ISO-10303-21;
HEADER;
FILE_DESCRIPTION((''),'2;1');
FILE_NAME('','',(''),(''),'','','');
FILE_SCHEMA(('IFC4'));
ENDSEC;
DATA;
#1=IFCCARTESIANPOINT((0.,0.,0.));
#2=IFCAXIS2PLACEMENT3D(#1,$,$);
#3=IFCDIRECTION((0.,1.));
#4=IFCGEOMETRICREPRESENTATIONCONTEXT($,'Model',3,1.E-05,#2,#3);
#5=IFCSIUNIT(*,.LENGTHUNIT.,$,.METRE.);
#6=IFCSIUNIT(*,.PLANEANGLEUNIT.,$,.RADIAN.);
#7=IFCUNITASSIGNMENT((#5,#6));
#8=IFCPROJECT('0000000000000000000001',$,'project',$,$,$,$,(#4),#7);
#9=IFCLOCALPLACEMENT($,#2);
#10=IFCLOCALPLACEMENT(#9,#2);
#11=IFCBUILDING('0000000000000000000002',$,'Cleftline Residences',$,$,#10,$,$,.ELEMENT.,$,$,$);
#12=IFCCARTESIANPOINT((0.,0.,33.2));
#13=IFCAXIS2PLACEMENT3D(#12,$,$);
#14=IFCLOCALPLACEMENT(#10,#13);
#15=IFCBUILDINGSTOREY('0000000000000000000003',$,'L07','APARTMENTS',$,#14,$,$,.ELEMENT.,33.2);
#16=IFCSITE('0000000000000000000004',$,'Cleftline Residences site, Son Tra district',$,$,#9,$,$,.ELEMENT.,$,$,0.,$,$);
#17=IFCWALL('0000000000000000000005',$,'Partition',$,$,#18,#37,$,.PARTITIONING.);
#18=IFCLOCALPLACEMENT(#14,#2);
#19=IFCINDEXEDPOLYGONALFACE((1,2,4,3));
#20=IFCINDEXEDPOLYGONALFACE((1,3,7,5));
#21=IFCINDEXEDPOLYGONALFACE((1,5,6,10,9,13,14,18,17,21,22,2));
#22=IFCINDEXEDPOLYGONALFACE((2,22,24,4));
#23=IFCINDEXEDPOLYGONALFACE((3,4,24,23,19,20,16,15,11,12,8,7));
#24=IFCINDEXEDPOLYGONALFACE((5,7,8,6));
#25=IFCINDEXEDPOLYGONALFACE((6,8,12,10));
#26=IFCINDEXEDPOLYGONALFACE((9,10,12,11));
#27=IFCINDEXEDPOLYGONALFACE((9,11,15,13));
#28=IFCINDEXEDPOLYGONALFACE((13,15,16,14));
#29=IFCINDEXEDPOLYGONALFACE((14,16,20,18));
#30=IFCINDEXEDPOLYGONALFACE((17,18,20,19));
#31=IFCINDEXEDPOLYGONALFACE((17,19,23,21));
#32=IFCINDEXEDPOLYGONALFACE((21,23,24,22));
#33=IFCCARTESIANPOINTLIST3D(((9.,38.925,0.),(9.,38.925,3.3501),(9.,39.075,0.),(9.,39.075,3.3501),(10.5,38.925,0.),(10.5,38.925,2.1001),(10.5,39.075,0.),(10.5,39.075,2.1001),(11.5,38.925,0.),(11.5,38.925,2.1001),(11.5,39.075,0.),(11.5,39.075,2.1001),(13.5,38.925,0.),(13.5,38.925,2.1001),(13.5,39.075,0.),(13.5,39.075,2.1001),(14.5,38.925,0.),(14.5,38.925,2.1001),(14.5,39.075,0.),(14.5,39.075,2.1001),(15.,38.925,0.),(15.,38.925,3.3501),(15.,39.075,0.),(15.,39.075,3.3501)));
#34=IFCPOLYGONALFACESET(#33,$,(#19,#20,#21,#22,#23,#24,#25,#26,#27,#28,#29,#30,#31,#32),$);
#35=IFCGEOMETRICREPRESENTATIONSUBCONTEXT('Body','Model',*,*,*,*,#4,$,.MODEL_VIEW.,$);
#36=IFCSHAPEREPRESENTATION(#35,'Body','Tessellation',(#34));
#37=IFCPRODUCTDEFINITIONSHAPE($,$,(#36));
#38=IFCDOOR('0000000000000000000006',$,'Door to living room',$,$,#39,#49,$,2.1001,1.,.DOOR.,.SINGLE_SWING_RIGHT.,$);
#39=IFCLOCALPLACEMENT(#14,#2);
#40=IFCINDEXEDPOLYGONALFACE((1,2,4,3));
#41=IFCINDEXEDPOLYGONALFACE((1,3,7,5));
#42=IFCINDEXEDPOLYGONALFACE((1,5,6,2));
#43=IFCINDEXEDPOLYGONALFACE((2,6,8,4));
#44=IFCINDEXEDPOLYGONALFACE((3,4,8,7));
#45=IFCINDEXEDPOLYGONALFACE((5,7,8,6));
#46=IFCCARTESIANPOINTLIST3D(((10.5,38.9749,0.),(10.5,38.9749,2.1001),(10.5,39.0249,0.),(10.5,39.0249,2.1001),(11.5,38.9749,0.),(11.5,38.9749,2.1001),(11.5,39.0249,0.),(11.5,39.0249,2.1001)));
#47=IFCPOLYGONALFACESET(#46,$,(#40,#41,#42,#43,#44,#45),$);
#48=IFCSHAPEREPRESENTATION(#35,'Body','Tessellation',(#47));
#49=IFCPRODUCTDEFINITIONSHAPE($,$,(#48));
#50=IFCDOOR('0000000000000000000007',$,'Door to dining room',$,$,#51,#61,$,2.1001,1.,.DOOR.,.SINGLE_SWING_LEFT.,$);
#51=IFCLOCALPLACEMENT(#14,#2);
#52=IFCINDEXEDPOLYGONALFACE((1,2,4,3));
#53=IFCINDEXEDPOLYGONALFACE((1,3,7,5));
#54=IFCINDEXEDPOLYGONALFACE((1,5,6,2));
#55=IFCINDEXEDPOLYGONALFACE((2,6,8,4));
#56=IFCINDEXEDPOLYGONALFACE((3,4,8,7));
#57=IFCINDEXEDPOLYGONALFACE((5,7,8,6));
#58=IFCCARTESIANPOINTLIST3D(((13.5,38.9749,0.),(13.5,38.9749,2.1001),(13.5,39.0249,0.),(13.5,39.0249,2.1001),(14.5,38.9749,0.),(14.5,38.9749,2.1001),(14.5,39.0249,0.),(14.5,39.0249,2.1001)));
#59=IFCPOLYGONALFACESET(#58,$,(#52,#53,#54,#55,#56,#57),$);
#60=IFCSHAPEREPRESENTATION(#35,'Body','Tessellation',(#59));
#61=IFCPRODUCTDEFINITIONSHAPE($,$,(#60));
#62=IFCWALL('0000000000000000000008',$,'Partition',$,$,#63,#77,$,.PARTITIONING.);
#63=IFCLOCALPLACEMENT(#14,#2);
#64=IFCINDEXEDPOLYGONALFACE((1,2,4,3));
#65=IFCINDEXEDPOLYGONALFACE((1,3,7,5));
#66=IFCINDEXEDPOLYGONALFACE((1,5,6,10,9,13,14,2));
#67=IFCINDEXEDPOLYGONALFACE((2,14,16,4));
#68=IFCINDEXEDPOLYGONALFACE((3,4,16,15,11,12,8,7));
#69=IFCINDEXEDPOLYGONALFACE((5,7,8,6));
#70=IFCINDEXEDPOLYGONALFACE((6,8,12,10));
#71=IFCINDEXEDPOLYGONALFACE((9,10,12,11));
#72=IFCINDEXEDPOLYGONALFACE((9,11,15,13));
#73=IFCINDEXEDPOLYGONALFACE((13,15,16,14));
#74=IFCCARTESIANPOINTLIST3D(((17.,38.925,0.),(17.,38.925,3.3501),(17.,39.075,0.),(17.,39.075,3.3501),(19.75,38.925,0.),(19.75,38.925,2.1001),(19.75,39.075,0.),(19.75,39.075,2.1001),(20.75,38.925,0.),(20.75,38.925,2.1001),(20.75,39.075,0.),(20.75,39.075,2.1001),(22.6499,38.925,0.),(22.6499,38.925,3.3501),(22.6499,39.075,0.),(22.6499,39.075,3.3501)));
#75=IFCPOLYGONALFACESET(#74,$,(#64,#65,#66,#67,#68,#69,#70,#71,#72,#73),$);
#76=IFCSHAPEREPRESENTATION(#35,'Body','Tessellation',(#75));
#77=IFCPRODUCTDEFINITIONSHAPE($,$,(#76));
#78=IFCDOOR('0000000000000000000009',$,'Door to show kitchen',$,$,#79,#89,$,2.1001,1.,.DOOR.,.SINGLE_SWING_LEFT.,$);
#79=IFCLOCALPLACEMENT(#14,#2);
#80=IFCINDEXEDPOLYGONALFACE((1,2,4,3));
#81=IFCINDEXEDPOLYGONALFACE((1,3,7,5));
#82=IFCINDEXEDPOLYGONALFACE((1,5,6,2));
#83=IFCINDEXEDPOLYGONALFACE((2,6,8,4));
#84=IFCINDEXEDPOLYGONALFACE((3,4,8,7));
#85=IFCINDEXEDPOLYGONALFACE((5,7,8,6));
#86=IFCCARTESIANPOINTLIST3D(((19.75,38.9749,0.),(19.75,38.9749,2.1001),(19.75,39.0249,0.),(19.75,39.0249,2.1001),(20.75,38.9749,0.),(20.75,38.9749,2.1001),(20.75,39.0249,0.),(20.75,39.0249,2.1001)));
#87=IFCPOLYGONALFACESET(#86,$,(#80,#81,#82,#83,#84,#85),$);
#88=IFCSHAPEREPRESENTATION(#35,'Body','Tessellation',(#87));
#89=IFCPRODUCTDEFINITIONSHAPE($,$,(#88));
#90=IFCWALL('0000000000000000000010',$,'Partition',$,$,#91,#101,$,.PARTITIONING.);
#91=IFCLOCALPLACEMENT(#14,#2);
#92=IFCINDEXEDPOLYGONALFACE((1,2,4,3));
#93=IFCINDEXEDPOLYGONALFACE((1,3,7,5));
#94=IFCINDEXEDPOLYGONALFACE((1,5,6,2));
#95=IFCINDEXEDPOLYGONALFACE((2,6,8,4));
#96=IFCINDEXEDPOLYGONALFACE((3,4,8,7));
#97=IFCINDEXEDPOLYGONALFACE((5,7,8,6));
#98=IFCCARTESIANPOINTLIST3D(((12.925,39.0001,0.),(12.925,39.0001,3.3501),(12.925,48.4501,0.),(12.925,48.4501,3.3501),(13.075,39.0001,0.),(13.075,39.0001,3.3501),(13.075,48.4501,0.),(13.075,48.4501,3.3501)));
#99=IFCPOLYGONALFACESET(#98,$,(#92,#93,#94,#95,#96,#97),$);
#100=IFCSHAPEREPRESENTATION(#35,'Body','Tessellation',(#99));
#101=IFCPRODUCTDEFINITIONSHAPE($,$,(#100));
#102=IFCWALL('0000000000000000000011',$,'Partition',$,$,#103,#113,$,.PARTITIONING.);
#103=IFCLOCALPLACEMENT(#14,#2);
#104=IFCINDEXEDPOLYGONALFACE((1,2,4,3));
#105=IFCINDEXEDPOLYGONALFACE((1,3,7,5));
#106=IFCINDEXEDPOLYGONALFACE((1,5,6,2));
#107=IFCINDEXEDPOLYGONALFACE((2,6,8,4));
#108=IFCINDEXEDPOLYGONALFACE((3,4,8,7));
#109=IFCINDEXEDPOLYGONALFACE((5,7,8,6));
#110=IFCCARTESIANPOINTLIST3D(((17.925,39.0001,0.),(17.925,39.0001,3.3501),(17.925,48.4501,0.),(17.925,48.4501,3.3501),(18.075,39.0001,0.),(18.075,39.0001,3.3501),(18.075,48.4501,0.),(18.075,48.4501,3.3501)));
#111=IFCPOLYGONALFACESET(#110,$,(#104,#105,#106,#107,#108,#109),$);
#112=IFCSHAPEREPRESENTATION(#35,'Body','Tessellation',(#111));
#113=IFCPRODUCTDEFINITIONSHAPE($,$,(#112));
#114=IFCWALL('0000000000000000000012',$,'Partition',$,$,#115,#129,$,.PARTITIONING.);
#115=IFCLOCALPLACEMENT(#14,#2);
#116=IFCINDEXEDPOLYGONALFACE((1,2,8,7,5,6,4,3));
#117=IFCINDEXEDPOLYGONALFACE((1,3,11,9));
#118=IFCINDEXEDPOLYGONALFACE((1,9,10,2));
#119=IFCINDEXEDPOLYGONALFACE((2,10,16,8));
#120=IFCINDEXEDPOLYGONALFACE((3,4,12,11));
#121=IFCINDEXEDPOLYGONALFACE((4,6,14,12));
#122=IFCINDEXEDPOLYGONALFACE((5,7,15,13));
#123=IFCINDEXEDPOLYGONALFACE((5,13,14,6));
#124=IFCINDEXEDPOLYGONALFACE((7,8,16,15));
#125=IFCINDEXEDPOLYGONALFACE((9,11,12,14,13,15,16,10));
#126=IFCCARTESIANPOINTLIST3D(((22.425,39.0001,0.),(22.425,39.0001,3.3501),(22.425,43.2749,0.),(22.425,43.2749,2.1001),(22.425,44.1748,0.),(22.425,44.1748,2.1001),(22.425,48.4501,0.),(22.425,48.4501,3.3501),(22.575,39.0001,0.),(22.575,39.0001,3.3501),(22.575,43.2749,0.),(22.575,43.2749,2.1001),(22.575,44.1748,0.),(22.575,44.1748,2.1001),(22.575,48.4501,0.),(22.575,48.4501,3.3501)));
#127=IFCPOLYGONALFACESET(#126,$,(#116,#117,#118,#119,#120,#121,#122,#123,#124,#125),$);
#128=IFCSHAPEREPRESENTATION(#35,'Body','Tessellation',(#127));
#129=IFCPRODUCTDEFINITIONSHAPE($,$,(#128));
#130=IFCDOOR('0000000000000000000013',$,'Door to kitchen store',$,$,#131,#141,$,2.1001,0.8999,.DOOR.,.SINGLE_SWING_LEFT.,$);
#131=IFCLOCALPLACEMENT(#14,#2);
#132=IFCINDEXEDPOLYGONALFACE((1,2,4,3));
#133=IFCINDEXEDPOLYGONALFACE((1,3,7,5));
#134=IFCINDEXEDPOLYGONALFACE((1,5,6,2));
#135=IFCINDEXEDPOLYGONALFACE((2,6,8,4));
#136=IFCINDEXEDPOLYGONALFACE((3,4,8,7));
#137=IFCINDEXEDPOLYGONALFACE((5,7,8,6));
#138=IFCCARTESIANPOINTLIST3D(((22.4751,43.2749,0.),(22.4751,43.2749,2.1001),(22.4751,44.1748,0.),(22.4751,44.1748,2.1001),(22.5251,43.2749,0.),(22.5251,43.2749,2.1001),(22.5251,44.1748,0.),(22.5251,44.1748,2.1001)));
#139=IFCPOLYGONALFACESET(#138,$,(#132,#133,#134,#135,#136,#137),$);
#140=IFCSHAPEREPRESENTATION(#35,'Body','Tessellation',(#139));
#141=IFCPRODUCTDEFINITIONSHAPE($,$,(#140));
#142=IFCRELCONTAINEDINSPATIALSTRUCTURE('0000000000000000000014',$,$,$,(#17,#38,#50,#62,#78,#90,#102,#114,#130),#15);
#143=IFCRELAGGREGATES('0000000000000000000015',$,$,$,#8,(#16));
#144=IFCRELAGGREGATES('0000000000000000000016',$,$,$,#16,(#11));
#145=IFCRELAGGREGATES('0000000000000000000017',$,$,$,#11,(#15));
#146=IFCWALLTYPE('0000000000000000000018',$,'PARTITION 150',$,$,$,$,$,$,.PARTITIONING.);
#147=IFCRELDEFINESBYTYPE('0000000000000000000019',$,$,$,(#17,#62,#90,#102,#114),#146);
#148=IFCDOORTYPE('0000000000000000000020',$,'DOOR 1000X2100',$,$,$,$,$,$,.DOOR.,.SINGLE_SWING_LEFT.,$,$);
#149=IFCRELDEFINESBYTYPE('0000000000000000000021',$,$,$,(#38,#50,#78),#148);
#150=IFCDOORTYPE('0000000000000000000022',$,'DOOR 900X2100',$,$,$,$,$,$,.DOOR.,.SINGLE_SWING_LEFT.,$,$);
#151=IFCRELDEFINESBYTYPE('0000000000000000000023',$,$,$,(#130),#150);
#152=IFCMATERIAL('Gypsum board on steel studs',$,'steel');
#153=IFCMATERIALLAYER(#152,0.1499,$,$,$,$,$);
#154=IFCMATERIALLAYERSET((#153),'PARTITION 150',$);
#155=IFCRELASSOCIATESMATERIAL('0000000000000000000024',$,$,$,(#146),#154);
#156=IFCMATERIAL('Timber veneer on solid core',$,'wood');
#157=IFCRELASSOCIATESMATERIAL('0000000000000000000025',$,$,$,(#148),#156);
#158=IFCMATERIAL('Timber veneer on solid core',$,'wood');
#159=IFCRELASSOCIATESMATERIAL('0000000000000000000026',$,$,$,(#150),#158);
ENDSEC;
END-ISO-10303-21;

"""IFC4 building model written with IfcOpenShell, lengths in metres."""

from ifc_helpers import new_model, si_unit, direction, frame, frame_2d, origin, place, context, subcontext, project, spatial, rectangle, extrude, material, layer, layer_set, type_object, element, fill, save


model = new_model("IFC4")

# Units and contexts
model_context = context("Model", 3, precision=1e-05, world=origin(), true_north=direction((0.0, 1.0)))
body_context = subcontext(model_context, "Body", "Model", "MODEL_VIEW")
ifc_project = project(units=[si_unit("LENGTHUNIT", "METRE"), si_unit("PLANEANGLEUNIT", "RADIAN")], contexts=[model_context])

# Site, building, storey
site_placement = place(None, origin())
site = spatial("IfcSite", under=ifc_project, at=site_placement, Name="Cleftline Residences site, Son Tra district", CompositionType="ELEMENT", RefElevation=0.0)
building_placement = place(site_placement, origin())
building = spatial("IfcBuilding", under=site, at=building_placement, Name="Cleftline Residences", CompositionType="ELEMENT")
storey_placement = place(building_placement, frame((0.0, 0.0, 33.2)))
storey = spatial("IfcBuildingStorey", under=building, at=storey_placement, Name="L07", Description="APARTMENTS", CompositionType="ELEMENT", Elevation=33.2)

# Wall, openings, doors
ifc_material_1 = material(Name="Gypsum board on steel studs", Category="steel")
ifc_layer = layer(ifc_material_1, 0.1499)
ifc_layer_set = layer_set([ifc_layer], Name="PARTITION 150")
wall_type = type_object("IfcWallType", Name="PARTITION 150", PredefinedType="PARTITIONING", material=ifc_layer_set)
wall_1_placement = place(storey_placement, frame((9.0, 39.0, 0.0), z_axis=(0.0, 0.0, 1.0), x_axis=(1.0, 0.0, 0.0)))
wall_1 = element("IfcWall", 1, at=wall_1_placement, inside=storey, type_object=wall_type, Name="Partition", PredefinedType="PARTITIONING", context=body_context, shape_type="SweptSolid", body=[
    extrude(rectangle(XDim=6.0, YDim=0.1499, at=frame_2d((3.0, 0.0))), origin(), (0.0, 0.0, 1.0), 3.3501),
])
opening_1_placement = place(wall_1_placement, frame((1.5, 0.0, 0.0)))
opening_1 = element("IfcOpeningElement", 2, at=opening_1_placement, cuts=wall_1, PredefinedType="OPENING", context=body_context, shape_type="SweptSolid", body=[
    extrude(rectangle(XDim=1.0, YDim=2.1001, at=frame_2d((0.5, 1.05))), frame((0.0, 0.085, 0.0), z_axis=(0.0, -1.0, 0.0), x_axis=(1.0, 0.0, 0.0)), (0.0, 0.0, 1.0), 0.1699),
])
opening_2_placement = place(wall_1_placement, frame((4.5, 0.0, 0.0)))
opening_2 = element("IfcOpeningElement", 3, at=opening_2_placement, cuts=wall_1, PredefinedType="OPENING", context=body_context, shape_type="SweptSolid", body=[
    extrude(rectangle(XDim=1.0, YDim=2.1001, at=frame_2d((0.5, 1.05))), frame((0.0, 0.085, 0.0), z_axis=(0.0, -1.0, 0.0), x_axis=(1.0, 0.0, 0.0)), (0.0, 0.0, 1.0), 0.1699),
])
ifc_material_2 = material(Name="Timber veneer on solid core", Category="wood")
door_type_1 = type_object("IfcDoorType", Name="DOOR 1000X2100", OperationType="SINGLE_SWING_LEFT", PredefinedType="DOOR", material=ifc_material_2)
door_1_placement = place(opening_1_placement, origin())
door_1 = element("IfcDoor", 4, at=door_1_placement, inside=storey, type_object=door_type_1, Name="Door to living room", OperationType="SINGLE_SWING_RIGHT", OverallHeight=2.1001, OverallWidth=1.0, PredefinedType="DOOR", context=body_context, shape_type="SweptSolid", body=[
    extrude(rectangle(XDim=1.0, YDim=2.1001, at=frame_2d((0.5, 1.05))), frame((0.0, 0.0249, 0.0), z_axis=(0.0, -1.0, 0.0), x_axis=(1.0, 0.0, 0.0)), (0.0, 0.0, 1.0), 0.05),
])
fill(opening_1, door_1)
door_2_placement = place(opening_2_placement, origin())
door_2 = element("IfcDoor", 5, at=door_2_placement, inside=storey, type_object=door_type_1, Name="Door to dining room", OperationType="SINGLE_SWING_LEFT", OverallHeight=2.1001, OverallWidth=1.0, PredefinedType="DOOR", context=body_context, shape_type="SweptSolid", body=[
    extrude(rectangle(XDim=1.0, YDim=2.1001, at=frame_2d((0.5, 1.05))), frame((0.0, 0.0249, 0.0), z_axis=(0.0, -1.0, 0.0), x_axis=(1.0, 0.0, 0.0)), (0.0, 0.0, 1.0), 0.05),
])
fill(opening_2, door_2)

# Wall, opening, door
wall_2_placement = place(storey_placement, frame((17.0, 39.0, 0.0), z_axis=(0.0, 0.0, 1.0), x_axis=(1.0, 0.0, 0.0)))
wall_2 = element("IfcWall", 6, at=wall_2_placement, inside=storey, type_object=wall_type, Name="Partition", PredefinedType="PARTITIONING", context=body_context, shape_type="SweptSolid", body=[
    extrude(rectangle(XDim=5.6499, YDim=0.1499, at=frame_2d((2.825, 0.0))), origin(), (0.0, 0.0, 1.0), 3.3501),
])
opening_3_placement = place(wall_2_placement, frame((2.75, 0.0, 0.0)))
opening_3 = element("IfcOpeningElement", 7, at=opening_3_placement, cuts=wall_2, PredefinedType="OPENING", context=body_context, shape_type="SweptSolid", body=[
    extrude(rectangle(XDim=1.0, YDim=2.1001, at=frame_2d((0.5, 1.05))), frame((0.0, 0.085, 0.0), z_axis=(0.0, -1.0, 0.0), x_axis=(1.0, 0.0, 0.0)), (0.0, 0.0, 1.0), 0.1699),
])
door_3_placement = place(opening_3_placement, origin())
door_3 = element("IfcDoor", 8, at=door_3_placement, inside=storey, type_object=door_type_1, Name="Door to show kitchen", OperationType="SINGLE_SWING_LEFT", OverallHeight=2.1001, OverallWidth=1.0, PredefinedType="DOOR", context=body_context, shape_type="SweptSolid", body=[
    extrude(rectangle(XDim=1.0, YDim=2.1001, at=frame_2d((0.5, 1.05))), frame((0.0, 0.0249, 0.0), z_axis=(0.0, -1.0, 0.0), x_axis=(1.0, 0.0, 0.0)), (0.0, 0.0, 1.0), 0.05),
])
fill(opening_3, door_3)

# Walls
for number, where, z_axis, x_axis, name in (
    (9, (13.0, 39.0, 0.0), (0.0, 0.0, 1.0), (0.0, 1.0, 0.0), "Partition"),
    (10, (18.0, 39.0, 0.0), (0.0, 0.0, 1.0), (0.0, 1.0, 0.0), "Partition"),
):
    element("IfcWall", number, at=place(storey_placement, frame(where, z_axis=z_axis, x_axis=x_axis)), inside=storey, type_object=wall_type, Name=name, PredefinedType="PARTITIONING", context=body_context, shape_type="SweptSolid", body=[
        extrude(rectangle(XDim=9.45, YDim=0.1499, at=frame_2d((4.7251, 0.0))), origin(), (0.0, 0.0, 1.0), 3.3501),
    ])

# Wall, opening, door
wall_3_placement = place(storey_placement, frame((22.5, 39.0, 0.0), z_axis=(0.0, 0.0, 1.0), x_axis=(0.0, 1.0, 0.0)))
wall_3 = element("IfcWall", 11, at=wall_3_placement, inside=storey, type_object=wall_type, Name="Partition", PredefinedType="PARTITIONING", context=body_context, shape_type="SweptSolid", body=[
    extrude(rectangle(XDim=9.45, YDim=0.1499, at=frame_2d((4.7251, 0.0))), origin(), (0.0, 0.0, 1.0), 3.3501),
])
opening_4_placement = place(wall_3_placement, frame((4.2749, 0.0, 0.0)))
opening_4 = element("IfcOpeningElement", 12, at=opening_4_placement, cuts=wall_3, PredefinedType="OPENING", context=body_context, shape_type="SweptSolid", body=[
    extrude(rectangle(XDim=0.8999, YDim=2.1001, at=frame_2d((0.45, 1.05))), frame((0.0, 0.085, 0.0), z_axis=(0.0, -1.0, 0.0), x_axis=(1.0, 0.0, 0.0)), (0.0, 0.0, 1.0), 0.1699),
])
ifc_material_3 = material(Name="Timber veneer on solid core", Category="wood")
door_type_2 = type_object("IfcDoorType", Name="DOOR 900X2100", OperationType="SINGLE_SWING_LEFT", PredefinedType="DOOR", material=ifc_material_3)
door_4_placement = place(opening_4_placement, origin())
door_4 = element("IfcDoor", 13, at=door_4_placement, inside=storey, type_object=door_type_2, Name="Door to kitchen store", OperationType="SINGLE_SWING_LEFT", OverallHeight=2.1001, OverallWidth=0.8999, PredefinedType="DOOR", context=body_context, shape_type="SweptSolid", body=[
    extrude(rectangle(XDim=0.8999, YDim=2.1001, at=frame_2d((0.45, 1.05))), frame((0.0, 0.0249, 0.0), z_axis=(0.0, -1.0, 0.0), x_axis=(1.0, 0.0, 0.0)), (0.0, 0.0, 1.0), 0.05),
])
fill(opening_4, door_4)

save(model, "model.ifc")
